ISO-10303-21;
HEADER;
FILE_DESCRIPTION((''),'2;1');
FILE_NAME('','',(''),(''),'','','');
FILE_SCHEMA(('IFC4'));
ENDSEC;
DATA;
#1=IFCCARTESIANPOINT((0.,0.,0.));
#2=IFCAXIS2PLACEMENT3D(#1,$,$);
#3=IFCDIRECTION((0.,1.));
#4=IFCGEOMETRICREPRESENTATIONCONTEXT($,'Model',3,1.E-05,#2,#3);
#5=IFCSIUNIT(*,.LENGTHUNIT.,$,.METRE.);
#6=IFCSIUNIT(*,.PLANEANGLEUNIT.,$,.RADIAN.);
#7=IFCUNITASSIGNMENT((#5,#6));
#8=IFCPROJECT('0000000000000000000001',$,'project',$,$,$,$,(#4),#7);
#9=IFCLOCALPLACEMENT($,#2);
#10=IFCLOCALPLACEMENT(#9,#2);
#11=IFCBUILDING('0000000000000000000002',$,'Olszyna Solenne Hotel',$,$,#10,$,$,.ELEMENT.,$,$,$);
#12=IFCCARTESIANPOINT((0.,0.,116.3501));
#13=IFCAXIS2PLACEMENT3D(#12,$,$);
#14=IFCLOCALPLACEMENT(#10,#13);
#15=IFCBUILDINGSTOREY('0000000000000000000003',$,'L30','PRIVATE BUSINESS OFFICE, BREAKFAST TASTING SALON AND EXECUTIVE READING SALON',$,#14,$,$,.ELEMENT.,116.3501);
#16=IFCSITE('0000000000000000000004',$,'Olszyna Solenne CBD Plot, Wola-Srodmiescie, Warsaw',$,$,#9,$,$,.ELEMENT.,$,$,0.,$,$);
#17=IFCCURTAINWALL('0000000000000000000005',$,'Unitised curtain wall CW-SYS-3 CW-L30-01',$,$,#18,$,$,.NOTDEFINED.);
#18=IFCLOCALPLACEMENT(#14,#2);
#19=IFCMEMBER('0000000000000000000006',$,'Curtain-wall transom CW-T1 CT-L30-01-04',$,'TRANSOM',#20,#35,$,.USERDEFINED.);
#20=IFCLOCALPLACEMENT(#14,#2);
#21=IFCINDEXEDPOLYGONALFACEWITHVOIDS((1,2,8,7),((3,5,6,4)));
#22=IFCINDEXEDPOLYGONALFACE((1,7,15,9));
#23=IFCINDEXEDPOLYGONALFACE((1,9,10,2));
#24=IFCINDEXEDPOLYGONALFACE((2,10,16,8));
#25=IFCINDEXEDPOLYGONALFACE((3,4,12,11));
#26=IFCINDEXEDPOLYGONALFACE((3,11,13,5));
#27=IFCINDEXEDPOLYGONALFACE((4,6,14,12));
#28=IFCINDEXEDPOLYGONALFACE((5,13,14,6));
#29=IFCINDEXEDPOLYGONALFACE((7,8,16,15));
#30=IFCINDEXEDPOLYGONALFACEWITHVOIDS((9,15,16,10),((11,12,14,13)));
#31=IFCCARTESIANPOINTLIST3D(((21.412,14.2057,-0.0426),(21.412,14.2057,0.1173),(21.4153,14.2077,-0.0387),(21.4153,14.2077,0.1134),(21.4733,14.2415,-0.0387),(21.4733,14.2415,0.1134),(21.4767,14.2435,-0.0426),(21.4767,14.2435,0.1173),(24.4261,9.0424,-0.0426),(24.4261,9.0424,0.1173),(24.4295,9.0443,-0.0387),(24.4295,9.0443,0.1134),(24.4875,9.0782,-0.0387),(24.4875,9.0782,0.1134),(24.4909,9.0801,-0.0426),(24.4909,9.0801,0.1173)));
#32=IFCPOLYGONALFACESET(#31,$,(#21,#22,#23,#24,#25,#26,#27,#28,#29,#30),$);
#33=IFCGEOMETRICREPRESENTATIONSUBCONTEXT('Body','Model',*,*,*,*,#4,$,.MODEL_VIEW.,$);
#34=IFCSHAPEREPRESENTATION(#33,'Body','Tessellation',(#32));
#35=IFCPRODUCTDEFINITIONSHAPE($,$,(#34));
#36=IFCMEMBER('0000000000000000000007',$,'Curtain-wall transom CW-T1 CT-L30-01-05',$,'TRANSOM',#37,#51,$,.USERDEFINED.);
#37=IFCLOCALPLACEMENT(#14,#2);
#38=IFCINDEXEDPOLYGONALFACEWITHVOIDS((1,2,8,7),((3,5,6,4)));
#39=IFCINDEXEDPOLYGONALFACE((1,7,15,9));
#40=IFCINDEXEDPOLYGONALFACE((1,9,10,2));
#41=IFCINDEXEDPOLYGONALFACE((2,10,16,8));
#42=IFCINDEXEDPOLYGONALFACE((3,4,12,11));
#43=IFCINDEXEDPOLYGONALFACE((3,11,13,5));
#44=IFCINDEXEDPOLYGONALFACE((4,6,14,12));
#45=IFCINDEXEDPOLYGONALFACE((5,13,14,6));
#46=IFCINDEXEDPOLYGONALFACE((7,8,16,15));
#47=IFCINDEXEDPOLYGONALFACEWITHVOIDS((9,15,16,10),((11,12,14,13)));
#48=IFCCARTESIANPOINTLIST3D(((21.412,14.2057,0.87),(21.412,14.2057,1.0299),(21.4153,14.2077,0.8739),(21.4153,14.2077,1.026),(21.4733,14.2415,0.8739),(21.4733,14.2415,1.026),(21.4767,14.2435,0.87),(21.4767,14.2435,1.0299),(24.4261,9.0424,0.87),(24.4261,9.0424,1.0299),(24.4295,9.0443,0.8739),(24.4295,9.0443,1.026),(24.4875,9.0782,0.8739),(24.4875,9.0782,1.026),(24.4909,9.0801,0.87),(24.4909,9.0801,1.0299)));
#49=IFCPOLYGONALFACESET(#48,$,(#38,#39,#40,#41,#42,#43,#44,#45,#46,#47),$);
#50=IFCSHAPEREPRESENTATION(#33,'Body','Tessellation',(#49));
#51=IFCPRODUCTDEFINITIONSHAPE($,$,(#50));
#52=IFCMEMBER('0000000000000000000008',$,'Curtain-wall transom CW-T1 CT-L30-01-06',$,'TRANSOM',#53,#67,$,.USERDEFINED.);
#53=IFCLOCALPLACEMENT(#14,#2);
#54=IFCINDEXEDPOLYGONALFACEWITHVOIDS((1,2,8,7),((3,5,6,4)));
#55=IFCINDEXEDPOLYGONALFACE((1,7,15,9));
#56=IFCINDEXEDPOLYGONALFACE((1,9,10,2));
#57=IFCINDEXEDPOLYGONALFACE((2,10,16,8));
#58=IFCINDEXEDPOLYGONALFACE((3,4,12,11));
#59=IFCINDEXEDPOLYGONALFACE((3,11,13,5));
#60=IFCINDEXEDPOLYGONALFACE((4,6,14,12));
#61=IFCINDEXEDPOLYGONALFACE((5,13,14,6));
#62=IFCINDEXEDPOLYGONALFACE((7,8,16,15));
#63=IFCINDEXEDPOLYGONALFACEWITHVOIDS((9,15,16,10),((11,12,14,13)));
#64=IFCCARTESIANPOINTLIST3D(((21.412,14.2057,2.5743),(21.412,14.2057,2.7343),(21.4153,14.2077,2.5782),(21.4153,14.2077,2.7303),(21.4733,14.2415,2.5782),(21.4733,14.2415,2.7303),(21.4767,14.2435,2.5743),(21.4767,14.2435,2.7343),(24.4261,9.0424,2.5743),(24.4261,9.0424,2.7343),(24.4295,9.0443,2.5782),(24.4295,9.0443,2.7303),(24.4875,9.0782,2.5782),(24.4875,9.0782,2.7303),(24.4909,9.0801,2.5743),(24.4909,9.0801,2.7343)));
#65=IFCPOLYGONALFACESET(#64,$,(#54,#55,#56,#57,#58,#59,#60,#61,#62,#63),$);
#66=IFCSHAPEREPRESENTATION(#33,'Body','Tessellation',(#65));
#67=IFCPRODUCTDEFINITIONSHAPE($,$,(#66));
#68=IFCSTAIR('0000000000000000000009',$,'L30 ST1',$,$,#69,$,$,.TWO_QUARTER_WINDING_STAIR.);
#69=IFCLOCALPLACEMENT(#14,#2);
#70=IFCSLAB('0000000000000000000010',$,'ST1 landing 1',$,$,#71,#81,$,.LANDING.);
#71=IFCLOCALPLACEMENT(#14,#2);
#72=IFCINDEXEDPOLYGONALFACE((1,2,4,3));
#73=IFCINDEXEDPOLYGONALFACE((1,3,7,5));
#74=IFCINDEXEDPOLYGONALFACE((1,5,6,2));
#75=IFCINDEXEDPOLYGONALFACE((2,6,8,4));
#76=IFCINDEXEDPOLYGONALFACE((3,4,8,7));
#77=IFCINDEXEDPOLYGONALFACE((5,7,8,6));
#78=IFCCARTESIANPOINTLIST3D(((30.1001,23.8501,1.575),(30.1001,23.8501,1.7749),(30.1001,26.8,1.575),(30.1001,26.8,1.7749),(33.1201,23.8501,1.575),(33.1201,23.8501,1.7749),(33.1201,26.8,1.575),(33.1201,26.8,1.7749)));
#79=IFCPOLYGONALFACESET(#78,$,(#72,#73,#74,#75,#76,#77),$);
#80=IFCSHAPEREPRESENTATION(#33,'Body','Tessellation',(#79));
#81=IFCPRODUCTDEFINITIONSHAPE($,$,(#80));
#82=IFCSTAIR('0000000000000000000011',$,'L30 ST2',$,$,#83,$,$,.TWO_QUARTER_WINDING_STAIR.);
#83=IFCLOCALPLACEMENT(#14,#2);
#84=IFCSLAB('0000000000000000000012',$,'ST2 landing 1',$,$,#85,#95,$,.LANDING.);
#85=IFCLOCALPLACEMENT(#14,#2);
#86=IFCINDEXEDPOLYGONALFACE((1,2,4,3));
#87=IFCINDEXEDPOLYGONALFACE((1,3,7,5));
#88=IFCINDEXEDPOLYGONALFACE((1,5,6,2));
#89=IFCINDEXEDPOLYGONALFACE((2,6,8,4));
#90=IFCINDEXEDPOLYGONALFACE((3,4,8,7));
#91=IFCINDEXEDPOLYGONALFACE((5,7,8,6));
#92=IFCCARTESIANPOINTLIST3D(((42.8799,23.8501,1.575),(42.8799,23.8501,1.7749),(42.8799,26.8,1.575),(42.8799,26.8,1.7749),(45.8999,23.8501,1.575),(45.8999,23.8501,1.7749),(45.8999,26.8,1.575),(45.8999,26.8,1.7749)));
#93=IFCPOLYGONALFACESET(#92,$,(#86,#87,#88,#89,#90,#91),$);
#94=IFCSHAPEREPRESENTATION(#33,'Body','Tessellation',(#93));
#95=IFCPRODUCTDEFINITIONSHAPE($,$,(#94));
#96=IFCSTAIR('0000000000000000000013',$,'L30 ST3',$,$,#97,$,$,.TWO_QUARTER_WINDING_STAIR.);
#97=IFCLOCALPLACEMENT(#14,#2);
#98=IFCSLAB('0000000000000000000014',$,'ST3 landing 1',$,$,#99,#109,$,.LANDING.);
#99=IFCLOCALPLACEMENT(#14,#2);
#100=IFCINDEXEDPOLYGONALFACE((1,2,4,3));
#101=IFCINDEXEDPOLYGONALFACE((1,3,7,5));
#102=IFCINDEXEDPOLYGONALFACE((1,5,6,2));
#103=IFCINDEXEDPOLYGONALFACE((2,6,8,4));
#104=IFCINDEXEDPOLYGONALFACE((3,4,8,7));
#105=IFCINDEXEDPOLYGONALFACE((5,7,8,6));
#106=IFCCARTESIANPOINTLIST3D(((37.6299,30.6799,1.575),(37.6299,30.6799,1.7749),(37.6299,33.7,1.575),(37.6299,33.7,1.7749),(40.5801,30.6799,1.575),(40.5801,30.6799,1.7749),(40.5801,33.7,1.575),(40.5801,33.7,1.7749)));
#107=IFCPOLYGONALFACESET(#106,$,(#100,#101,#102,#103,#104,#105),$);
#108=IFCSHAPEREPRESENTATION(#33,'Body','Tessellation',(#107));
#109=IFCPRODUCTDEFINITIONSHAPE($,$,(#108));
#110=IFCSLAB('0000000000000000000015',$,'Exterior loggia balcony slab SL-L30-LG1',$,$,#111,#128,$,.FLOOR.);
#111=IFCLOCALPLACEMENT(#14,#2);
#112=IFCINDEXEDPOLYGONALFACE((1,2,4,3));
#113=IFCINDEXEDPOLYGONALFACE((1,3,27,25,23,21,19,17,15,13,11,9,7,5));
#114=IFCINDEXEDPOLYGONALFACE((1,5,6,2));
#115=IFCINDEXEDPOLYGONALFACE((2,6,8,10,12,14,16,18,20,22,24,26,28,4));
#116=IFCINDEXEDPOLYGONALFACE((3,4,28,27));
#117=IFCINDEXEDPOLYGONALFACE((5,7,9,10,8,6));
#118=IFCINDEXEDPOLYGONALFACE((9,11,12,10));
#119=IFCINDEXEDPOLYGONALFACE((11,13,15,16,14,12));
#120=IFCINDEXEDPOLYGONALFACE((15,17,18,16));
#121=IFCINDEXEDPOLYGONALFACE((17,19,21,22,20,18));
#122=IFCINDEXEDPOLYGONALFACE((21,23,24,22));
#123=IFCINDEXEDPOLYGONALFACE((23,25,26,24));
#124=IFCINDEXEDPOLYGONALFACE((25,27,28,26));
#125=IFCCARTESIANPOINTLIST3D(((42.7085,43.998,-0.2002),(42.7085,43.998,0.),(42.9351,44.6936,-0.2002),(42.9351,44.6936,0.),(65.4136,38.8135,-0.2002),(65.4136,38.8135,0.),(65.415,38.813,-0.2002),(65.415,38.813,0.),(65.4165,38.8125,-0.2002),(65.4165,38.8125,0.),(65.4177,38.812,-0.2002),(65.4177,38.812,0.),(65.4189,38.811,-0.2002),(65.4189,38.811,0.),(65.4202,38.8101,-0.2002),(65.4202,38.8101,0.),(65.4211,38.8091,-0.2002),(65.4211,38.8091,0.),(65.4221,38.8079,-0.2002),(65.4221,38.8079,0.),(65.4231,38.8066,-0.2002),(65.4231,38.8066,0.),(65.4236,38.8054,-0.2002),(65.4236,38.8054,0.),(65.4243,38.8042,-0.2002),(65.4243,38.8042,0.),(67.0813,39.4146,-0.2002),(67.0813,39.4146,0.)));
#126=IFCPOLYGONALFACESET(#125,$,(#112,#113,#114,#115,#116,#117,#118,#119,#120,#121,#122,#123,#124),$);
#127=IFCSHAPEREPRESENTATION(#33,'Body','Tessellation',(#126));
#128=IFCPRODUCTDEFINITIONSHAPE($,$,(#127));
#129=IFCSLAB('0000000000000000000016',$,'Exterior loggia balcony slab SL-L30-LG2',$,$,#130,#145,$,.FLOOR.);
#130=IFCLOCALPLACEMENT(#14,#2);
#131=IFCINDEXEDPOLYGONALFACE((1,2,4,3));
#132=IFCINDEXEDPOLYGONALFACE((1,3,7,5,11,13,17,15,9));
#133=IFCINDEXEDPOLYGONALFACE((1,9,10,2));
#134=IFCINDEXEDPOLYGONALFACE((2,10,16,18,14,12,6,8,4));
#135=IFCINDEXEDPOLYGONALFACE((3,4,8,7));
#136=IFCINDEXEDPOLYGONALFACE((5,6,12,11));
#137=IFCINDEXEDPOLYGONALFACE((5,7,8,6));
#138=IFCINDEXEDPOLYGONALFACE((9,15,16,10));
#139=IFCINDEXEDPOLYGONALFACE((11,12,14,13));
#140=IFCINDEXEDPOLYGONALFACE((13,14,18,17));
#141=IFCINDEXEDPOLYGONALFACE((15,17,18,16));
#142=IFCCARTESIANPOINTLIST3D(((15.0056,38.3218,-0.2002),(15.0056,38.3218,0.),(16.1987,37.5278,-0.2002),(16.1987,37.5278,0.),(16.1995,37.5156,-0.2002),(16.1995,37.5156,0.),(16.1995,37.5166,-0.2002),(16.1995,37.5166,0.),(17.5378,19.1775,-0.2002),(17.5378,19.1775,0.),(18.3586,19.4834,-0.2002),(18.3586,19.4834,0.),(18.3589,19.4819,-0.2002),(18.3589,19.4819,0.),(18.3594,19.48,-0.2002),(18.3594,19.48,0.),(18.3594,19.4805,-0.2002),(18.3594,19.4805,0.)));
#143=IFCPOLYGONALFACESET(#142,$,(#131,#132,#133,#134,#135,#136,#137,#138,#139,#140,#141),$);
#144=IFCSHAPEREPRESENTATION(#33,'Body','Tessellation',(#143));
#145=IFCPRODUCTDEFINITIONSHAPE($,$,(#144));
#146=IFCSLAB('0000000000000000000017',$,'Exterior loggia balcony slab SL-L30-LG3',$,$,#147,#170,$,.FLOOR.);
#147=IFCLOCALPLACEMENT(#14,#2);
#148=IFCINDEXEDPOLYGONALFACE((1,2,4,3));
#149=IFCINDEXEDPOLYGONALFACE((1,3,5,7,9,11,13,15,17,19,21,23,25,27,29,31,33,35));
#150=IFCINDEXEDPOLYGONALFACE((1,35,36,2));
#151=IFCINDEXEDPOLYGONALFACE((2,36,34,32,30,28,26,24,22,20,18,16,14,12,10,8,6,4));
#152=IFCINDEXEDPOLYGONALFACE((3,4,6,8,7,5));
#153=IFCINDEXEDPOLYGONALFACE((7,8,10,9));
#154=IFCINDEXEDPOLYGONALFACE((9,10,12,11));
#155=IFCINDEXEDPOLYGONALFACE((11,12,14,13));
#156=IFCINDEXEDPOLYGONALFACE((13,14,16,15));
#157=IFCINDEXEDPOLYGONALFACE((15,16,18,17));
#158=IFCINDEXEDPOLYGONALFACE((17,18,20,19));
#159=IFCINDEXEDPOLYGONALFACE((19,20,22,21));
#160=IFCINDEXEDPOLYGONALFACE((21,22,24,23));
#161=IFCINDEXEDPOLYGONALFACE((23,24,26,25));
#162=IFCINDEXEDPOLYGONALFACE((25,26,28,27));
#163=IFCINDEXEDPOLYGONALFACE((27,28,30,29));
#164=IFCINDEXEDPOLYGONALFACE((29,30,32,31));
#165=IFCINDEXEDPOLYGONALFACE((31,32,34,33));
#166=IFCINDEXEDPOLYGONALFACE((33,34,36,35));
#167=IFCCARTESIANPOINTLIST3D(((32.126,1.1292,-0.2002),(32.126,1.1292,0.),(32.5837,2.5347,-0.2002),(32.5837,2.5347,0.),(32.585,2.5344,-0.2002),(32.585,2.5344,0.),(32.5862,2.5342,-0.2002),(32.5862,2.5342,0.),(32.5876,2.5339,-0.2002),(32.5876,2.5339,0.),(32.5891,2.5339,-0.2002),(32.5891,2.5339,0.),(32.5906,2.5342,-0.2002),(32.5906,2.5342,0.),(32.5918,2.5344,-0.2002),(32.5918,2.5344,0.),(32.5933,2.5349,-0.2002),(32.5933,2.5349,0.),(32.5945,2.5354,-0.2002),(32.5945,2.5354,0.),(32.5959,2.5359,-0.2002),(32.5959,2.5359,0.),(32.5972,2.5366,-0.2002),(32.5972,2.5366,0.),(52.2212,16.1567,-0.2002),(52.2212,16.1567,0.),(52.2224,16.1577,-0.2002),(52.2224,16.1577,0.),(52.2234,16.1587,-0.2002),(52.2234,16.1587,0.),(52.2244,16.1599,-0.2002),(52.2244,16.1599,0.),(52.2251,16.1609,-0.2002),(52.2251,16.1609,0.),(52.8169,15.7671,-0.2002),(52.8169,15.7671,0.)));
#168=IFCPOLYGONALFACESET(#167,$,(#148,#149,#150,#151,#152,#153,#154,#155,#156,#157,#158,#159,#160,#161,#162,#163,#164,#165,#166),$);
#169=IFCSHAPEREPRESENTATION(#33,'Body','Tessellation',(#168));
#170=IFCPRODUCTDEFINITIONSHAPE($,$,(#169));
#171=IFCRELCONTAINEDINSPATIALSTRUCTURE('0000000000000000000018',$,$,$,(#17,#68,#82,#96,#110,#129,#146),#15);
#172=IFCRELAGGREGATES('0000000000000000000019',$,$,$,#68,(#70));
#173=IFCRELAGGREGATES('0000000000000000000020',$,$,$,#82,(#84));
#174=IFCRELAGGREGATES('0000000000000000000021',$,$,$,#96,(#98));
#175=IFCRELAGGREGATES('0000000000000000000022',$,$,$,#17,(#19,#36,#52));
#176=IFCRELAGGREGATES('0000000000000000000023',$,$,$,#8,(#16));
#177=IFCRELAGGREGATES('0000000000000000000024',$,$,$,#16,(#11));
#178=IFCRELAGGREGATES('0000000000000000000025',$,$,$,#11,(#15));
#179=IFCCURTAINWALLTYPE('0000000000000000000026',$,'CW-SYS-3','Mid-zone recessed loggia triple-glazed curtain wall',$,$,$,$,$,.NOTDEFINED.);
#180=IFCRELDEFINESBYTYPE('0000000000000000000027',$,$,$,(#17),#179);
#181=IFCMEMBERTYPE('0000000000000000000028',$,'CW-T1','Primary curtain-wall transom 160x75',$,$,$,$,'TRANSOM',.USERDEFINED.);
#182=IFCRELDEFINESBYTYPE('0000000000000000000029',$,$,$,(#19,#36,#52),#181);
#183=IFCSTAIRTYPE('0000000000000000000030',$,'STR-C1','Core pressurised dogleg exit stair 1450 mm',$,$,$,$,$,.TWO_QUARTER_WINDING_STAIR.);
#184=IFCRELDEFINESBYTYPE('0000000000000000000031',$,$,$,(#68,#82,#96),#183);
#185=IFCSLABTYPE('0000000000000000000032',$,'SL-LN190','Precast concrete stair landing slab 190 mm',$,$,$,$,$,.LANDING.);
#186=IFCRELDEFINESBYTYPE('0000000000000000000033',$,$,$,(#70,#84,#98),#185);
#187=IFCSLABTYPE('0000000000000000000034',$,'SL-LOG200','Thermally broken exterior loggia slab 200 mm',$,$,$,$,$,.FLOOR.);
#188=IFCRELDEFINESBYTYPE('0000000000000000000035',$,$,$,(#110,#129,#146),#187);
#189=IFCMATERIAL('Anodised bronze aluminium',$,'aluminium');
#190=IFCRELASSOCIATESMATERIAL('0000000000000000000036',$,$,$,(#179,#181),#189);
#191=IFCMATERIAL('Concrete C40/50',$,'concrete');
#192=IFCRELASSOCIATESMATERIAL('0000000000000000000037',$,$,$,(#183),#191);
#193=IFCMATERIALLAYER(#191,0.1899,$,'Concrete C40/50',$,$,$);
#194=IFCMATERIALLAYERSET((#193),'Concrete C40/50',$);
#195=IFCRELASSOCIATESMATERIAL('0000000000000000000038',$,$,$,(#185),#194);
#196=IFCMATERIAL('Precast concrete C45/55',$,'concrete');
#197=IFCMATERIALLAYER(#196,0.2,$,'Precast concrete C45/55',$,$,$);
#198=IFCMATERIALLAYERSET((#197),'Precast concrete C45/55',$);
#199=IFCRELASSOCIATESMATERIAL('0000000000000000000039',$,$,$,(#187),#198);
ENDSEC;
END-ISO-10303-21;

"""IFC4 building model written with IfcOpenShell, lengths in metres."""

from ifc_helpers import new_model, si_unit, direction, frame, origin, origin_2d, place, context, subcontext, project, spatial, polyline, hollow_rectangle, outline, extrude, source, transform, mapped, material, layer, layer_set, material_profile, profile_set, type_object, element, aggregate, save


model = new_model("IFC4")

# Units and contexts
model_context = context("Model", 3, precision=1e-05, world=origin(), true_north=direction((0.0, 1.0)))
body_context = subcontext(model_context, "Body", "Model", "MODEL_VIEW")
ifc_project = project(units=[si_unit("LENGTHUNIT", "METRE"), si_unit("PLANEANGLEUNIT", "RADIAN")], contexts=[model_context])

# Site, building, storey
site_placement = place(None, origin())
site = spatial("IfcSite", under=ifc_project, at=site_placement, Name="Olszyna Solenne CBD Plot, Wola-Srodmiescie, Warsaw", CompositionType="ELEMENT", RefElevation=0.0)
building_placement = place(site_placement, origin())
building = spatial("IfcBuilding", under=site, at=building_placement, Name="Olszyna Solenne Hotel", CompositionType="ELEMENT")
storey_placement = place(building_placement, frame((0.0, 0.0, 116.3501)))
storey = spatial("IfcBuildingStorey", under=building, at=storey_placement, Name="L30", Description="PRIVATE BUSINESS OFFICE, BREAKFAST TASTING SALON AND EXECUTIVE READING SALON", CompositionType="ELEMENT", Elevation=116.3501)

# Curtain wall, members
ifc_material_1 = material(Name="Anodised bronze aluminium", Category="aluminium")
curtain_wall_type = type_object("IfcCurtainWallType", Name="CW-SYS-3", Description="Mid-zone recessed loggia triple-glazed curtain wall", PredefinedType="NOTDEFINED", material=ifc_material_1)
curtain_wall_placement = place(storey_placement, origin())
curtain_wall = element("IfcCurtainWall", 1, at=curtain_wall_placement, inside=storey, type_object=curtain_wall_type, Name="Unitised curtain wall CW-SYS-3 CW-L30-01", PredefinedType="NOTDEFINED")
ifc_material_profile_1 = material_profile(ifc_material_1, hollow_rectangle(XDim=0.075, YDim=0.1599, WallThickness=0.0039, at=origin_2d()), Name="TRAN 160x75x4", Category="load-bearing")
ifc_profile_set_1 = profile_set([ifc_material_profile_1], Name="Anodised bronze aluminium")
member_type_1 = type_object("IfcMemberType", Name="CW-T1", Description="Primary curtain-wall transom 160x75", ElementType="TRANSOM", PredefinedType="USERDEFINED", material=ifc_profile_set_1)
shared_shape_1 = source(origin(), body_context, "Body", "SweptSolid", [
    extrude(hollow_rectangle(XDim=0.075, YDim=0.1599, WallThickness=0.0039, at=origin_2d()), origin(), (0.0, 0.0, 1.0), 5.9788),
])
member_1_placement = place(storey_placement, frame((21.4443, 14.2246, 0.0374), z_axis=(0.504148, -0.863617, 0.0), x_axis=(0.863617, 0.504148, 0.0)))
member_1 = element("IfcMember", 2, at=member_1_placement, type_object=member_type_1, Name="Curtain-wall transom CW-T1 CT-L30-01-04", ObjectType="TRANSOM", PredefinedType="USERDEFINED", context=body_context, shape_type="MappedRepresentation", body=[
    mapped(shared_shape_1, transform((0.0, 0.0, 0.0), x_axis=(1.0, 0.0, 0.0), y_axis=(0.0, 1.0, 0.0), z_axis=(0.0, 0.0, 1.0), scale=1.0)),
])
member_2_placement = place(storey_placement, frame((21.4443, 14.2246, 0.95), z_axis=(0.504148, -0.863617, 0.0), x_axis=(0.863617, 0.504148, 0.0)))
member_2 = element("IfcMember", 3, at=member_2_placement, type_object=member_type_1, Name="Curtain-wall transom CW-T1 CT-L30-01-05", ObjectType="TRANSOM", PredefinedType="USERDEFINED", context=body_context, shape_type="MappedRepresentation", body=[
    mapped(shared_shape_1, transform((0.0, 0.0, 0.0), x_axis=(1.0, 0.0, 0.0), y_axis=(0.0, 1.0, 0.0), z_axis=(0.0, 0.0, 1.0), scale=1.0)),
])
member_3_placement = place(storey_placement, frame((21.4443, 14.2246, 2.6543), z_axis=(0.504148, -0.863617, 0.0), x_axis=(0.863617, 0.504148, 0.0)))
member_3 = element("IfcMember", 4, at=member_3_placement, type_object=member_type_1, Name="Curtain-wall transom CW-T1 CT-L30-01-06", ObjectType="TRANSOM", PredefinedType="USERDEFINED", context=body_context, shape_type="MappedRepresentation", body=[
    mapped(shared_shape_1, transform((0.0, 0.0, 0.0), x_axis=(1.0, 0.0, 0.0), y_axis=(0.0, 1.0, 0.0), z_axis=(0.0, 0.0, 1.0), scale=1.0)),
])

# Stairs, slabs
ifc_material_2 = material(Name="Concrete C40/50", Category="concrete")
stair_type = type_object("IfcStairType", Name="STR-C1", Description="Core pressurised dogleg exit stair 1450 mm", PredefinedType="TWO_QUARTER_WINDING_STAIR", material=ifc_material_2)
stair_1_placement = place(storey_placement, origin())
stair_1 = element("IfcStair", 5, at=stair_1_placement, inside=storey, type_object=stair_type, Name="L30 ST1", PredefinedType="TWO_QUARTER_WINDING_STAIR")
ifc_layer_1 = layer(ifc_material_2, 0.1899, Name="Concrete C40/50")
ifc_layer_set_1 = layer_set([ifc_layer_1], Name="Concrete C40/50")
slab_type_1 = type_object("IfcSlabType", Name="SL-LN190", Description="Precast concrete stair landing slab 190 mm", PredefinedType="LANDING", material=ifc_layer_set_1)
slab_1_placement = place(storey_placement, frame((0.0, 0.0, 1.575)))
slab_1 = element("IfcSlab", 6, at=slab_1_placement, type_object=slab_type_1, Name="ST1 landing 1", PredefinedType="LANDING", context=body_context, shape_type="SweptSolid", body=[
    extrude(outline(polyline([(33.1201, 23.8501), (33.1201, 26.8), (30.1001, 26.8), (30.1001, 23.8501), (33.1201, 23.8501)])), origin(), (0.0, 0.0, 1.0), 0.2),
])
aggregate(stair_1, [slab_1])
stair_2_placement = place(storey_placement, origin())
stair_2 = element("IfcStair", 7, at=stair_2_placement, inside=storey, type_object=stair_type, Name="L30 ST2", PredefinedType="TWO_QUARTER_WINDING_STAIR")
slab_2_placement = place(storey_placement, frame((0.0, 0.0, 1.575)))
slab_2 = element("IfcSlab", 8, at=slab_2_placement, type_object=slab_type_1, Name="ST2 landing 1", PredefinedType="LANDING", context=body_context, shape_type="SweptSolid", body=[
    extrude(outline(polyline([(45.8999, 23.8501), (45.8999, 26.8), (42.8799, 26.8), (42.8799, 23.8501), (45.8999, 23.8501)])), origin(), (0.0, 0.0, 1.0), 0.2),
])
aggregate(stair_2, [slab_2])
stair_3_placement = place(storey_placement, origin())
stair_3 = element("IfcStair", 9, at=stair_3_placement, inside=storey, type_object=stair_type, Name="L30 ST3", PredefinedType="TWO_QUARTER_WINDING_STAIR")
slab_3_placement = place(storey_placement, frame((0.0, 0.0, 1.575)))
slab_3 = element("IfcSlab", 10, at=slab_3_placement, type_object=slab_type_1, Name="ST3 landing 1", PredefinedType="LANDING", context=body_context, shape_type="SweptSolid", body=[
    extrude(outline(polyline([(37.6299, 30.6799), (40.5801, 30.6799), (40.5801, 33.7), (37.6299, 33.7), (37.6299, 30.6799)])), origin(), (0.0, 0.0, 1.0), 0.2),
])
aggregate(stair_3, [slab_3])

# Slabs
ifc_material_3 = material(Name="Precast concrete C45/55", Category="concrete")
ifc_layer_2 = layer(ifc_material_3, 0.2, Name="Precast concrete C45/55")
ifc_layer_set_2 = layer_set([ifc_layer_2], Name="Precast concrete C45/55")
slab_type_2 = type_object("IfcSlabType", Name="SL-LOG200", Description="Thermally broken exterior loggia slab 200 mm", PredefinedType="FLOOR", material=ifc_layer_set_2)
slab_4_placement = place(storey_placement, frame((0.0, 0.0, -0.2002)))
element("IfcSlab", 11, at=slab_4_placement, inside=storey, type_object=slab_type_2, Name="Exterior loggia balcony slab SL-L30-LG1", PredefinedType="FLOOR", context=body_context, shape_type="SweptSolid", body=[
    extrude(outline(polyline([(42.7085, 43.998), (65.4136, 38.8135), (65.415, 38.813), (65.4165, 38.8125), (65.4177, 38.812), (65.4189, 38.811), (65.4202, 38.8101), (65.4211, 38.8091), (65.4221, 38.8079), (65.4231, 38.8066), (65.4236, 38.8054), (65.4243, 38.8042), (67.0813, 39.4146), (42.9351, 44.6936), (42.7085, 43.998)])), origin(), (0.0, 0.0, 1.0), 0.2002),
])
slab_5_placement = place(storey_placement, frame((0.0, 0.0, -0.2002)))
element("IfcSlab", 12, at=slab_5_placement, inside=storey, type_object=slab_type_2, Name="Exterior loggia balcony slab SL-L30-LG2", PredefinedType="FLOOR", context=body_context, shape_type="SweptSolid", body=[
    extrude(outline(polyline([(18.3594, 19.48), (18.3594, 19.4805), (18.3589, 19.4819), (18.3586, 19.4834), (16.1995, 37.5156), (16.1995, 37.5166), (16.1987, 37.5278), (15.0056, 38.3218), (17.5378, 19.1775), (18.3594, 19.48)])), origin(), (0.0, 0.0, 1.0), 0.2002),
])
slab_6_placement = place(storey_placement, frame((0.0, 0.0, -0.2002)))
element("IfcSlab", 13, at=slab_6_placement, inside=storey, type_object=slab_type_2, Name="Exterior loggia balcony slab SL-L30-LG3", PredefinedType="FLOOR", context=body_context, shape_type="SweptSolid", body=[
    extrude(outline(polyline([(52.2251, 16.1609), (52.2244, 16.1599), (52.2234, 16.1587), (52.2224, 16.1577), (52.2212, 16.1567), (32.5972, 2.5366), (32.5959, 2.5359), (32.5945, 2.5354), (32.5933, 2.5349), (32.5918, 2.5344), (32.5906, 2.5342), (32.5891, 2.5339), (32.5876, 2.5339), (32.5862, 2.5342), (32.585, 2.5344), (32.5837, 2.5347), (32.126, 1.1292), (52.8169, 15.7671), (52.2251, 16.1609)])), origin(), (0.0, 0.0, 1.0), 0.2002),
])

aggregate(curtain_wall, [member_1, member_2, member_3])

save(model, "model.ifc")
